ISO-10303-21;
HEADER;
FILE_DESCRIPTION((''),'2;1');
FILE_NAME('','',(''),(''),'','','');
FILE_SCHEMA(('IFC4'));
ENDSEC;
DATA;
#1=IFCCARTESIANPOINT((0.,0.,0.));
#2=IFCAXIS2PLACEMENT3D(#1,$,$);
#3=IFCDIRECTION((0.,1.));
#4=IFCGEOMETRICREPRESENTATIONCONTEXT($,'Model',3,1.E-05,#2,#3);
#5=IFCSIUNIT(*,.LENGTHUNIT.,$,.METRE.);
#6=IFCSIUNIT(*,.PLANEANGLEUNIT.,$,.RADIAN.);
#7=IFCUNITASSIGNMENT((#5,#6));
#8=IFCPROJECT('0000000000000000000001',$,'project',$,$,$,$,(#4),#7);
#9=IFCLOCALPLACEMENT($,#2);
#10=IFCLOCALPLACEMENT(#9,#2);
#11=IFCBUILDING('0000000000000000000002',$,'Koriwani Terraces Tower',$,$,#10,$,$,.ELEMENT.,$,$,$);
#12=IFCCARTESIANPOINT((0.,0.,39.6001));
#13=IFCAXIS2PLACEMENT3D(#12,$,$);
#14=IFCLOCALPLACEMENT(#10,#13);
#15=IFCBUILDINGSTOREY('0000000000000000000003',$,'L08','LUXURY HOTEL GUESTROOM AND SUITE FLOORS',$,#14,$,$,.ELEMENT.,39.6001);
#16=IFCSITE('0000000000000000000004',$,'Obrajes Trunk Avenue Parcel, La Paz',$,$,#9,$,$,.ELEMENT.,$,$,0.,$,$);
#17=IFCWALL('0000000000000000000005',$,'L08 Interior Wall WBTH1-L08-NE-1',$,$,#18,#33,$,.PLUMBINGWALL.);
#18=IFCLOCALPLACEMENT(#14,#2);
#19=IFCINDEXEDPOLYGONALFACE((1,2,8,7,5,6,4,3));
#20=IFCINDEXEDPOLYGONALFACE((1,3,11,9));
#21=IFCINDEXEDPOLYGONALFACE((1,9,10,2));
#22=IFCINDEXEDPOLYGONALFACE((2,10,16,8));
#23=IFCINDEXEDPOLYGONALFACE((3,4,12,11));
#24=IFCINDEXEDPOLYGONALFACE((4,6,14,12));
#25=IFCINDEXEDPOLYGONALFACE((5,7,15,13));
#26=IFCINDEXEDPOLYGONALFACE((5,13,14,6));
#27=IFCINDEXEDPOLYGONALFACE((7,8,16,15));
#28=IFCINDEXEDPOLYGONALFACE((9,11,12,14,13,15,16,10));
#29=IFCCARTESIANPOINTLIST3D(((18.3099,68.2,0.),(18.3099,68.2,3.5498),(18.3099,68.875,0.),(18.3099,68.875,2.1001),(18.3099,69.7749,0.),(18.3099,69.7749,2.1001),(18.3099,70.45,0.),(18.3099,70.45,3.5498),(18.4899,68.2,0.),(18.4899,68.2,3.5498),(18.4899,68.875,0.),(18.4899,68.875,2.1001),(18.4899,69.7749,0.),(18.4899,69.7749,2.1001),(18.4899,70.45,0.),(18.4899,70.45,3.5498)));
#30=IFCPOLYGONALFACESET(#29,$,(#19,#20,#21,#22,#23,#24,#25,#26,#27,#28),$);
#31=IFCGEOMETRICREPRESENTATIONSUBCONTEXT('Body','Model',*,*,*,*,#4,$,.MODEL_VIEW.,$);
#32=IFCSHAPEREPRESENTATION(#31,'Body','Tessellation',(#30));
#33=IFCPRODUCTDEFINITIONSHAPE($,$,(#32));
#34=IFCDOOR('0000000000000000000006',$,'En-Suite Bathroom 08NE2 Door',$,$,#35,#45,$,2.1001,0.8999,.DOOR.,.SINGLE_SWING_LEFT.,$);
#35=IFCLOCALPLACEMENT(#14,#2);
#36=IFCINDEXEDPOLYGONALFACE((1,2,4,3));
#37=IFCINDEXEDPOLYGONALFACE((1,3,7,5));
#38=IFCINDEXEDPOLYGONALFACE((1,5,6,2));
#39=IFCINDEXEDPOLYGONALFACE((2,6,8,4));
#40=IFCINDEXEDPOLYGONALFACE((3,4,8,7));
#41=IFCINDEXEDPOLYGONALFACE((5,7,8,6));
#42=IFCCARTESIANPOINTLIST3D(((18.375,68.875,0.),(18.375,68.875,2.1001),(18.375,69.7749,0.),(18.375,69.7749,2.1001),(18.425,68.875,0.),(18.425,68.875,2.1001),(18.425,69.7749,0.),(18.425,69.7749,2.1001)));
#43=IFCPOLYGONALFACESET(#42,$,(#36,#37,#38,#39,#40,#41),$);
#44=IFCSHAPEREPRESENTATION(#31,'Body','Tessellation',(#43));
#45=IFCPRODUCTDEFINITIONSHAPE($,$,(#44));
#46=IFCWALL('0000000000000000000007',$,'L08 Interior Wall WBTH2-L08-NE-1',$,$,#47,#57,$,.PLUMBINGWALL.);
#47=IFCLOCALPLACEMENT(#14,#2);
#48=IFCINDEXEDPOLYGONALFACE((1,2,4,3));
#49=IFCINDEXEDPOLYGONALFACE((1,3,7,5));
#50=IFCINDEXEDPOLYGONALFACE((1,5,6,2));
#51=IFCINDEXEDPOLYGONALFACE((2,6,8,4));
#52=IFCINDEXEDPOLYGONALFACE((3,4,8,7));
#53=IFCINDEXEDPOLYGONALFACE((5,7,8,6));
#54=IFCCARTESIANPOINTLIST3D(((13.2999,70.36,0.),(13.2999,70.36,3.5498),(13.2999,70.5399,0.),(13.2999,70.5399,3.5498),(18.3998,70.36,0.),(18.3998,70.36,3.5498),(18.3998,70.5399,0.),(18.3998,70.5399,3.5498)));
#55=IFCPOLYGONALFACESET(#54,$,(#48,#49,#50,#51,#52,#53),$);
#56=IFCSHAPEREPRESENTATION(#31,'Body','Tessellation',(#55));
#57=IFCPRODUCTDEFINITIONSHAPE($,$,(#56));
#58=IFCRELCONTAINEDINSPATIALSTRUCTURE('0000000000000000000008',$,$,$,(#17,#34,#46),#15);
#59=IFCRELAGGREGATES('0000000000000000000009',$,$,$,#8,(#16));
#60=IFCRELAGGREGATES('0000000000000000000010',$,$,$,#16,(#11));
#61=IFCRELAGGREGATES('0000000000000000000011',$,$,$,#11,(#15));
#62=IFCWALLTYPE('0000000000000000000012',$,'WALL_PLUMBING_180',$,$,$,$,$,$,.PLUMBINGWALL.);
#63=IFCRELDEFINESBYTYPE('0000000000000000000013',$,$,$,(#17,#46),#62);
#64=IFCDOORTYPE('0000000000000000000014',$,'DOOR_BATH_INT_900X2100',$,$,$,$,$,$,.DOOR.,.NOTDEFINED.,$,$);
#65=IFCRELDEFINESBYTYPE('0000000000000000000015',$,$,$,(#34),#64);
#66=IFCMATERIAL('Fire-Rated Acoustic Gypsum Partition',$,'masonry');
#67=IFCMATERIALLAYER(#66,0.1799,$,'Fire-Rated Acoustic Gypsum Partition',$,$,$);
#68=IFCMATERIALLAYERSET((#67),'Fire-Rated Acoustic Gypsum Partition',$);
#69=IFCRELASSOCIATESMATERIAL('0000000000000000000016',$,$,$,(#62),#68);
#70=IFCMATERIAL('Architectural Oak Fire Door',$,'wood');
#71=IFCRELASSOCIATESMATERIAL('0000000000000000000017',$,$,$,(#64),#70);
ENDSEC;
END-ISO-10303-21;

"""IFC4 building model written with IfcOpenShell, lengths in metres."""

from ifc_helpers import new_model, si_unit, direction, frame, frame_2d, origin, place, context, subcontext, project, spatial, rectangle, extrude, material, layer, layer_set, type_object, element, fill, save


model = new_model("IFC4")

# Units and contexts
model_context = context("Model", 3, precision=1e-05, world=origin(), true_north=direction((0.0, 1.0)))
body_context = subcontext(model_context, "Body", "Model", "MODEL_VIEW")
ifc_project = project(units=[si_unit("LENGTHUNIT", "METRE"), si_unit("PLANEANGLEUNIT", "RADIAN")], contexts=[model_context])

# Site, building, storey
site_placement = place(None, origin())
site = spatial("IfcSite", under=ifc_project, at=site_placement, Name="Obrajes Trunk Avenue Parcel, La Paz", CompositionType="ELEMENT", RefElevation=0.0)
building_placement = place(site_placement, origin())
building = spatial("IfcBuilding", under=site, at=building_placement, Name="Koriwani Terraces Tower", CompositionType="ELEMENT")
storey_placement = place(building_placement, frame((0.0, 0.0, 39.6001)))
storey = spatial("IfcBuildingStorey", under=building, at=storey_placement, Name="L08", Description="LUXURY HOTEL GUESTROOM AND SUITE FLOORS", CompositionType="ELEMENT", Elevation=39.6001)

# Shared definitions
ifc_material_1 = material(Name="Architectural Oak Fire Door", Category="wood")

# Shared definitions
ifc_material_2 = material(Name="Fire-Rated Acoustic Gypsum Partition", Category="masonry")
ifc_layer_1 = layer(ifc_material_2, 0.1799, Name="Fire-Rated Acoustic Gypsum Partition")
ifc_layer_set_1 = layer_set([ifc_layer_1], Name="Fire-Rated Acoustic Gypsum Partition")
wall_type_1 = type_object("IfcWallType", Name="WALL_PLUMBING_180", PredefinedType="PLUMBINGWALL", material=ifc_layer_set_1)
door_type_1 = type_object("IfcDoorType", Name="DOOR_BATH_INT_900X2100", OperationType="NOTDEFINED", PredefinedType="DOOR", material=ifc_material_1)

# Wall, opening, door
wall_1_placement = place(storey_placement, frame((18.3999, 68.2, 0.0), z_axis=(0.0, 0.0, 1.0), x_axis=(0.0, 1.0, 0.0)))
wall_1 = element("IfcWall", 1, at=wall_1_placement, inside=storey, type_object=wall_type_1, Name="L08 Interior Wall WBTH1-L08-NE-1", PredefinedType="PLUMBINGWALL", context=body_context, shape_type="SweptSolid", body=[
    extrude(rectangle(XDim=2.25, YDim=0.1799, at=frame_2d((1.125, 0.0))), origin(), (0.0, 0.0, 1.0), 3.5498),
])
opening_1_placement = place(wall_1_placement, frame((0.675, 0.0, 0.0)))
opening_1 = element("IfcOpeningElement", 2, at=opening_1_placement, cuts=wall_1, PredefinedType="OPENING", context=body_context, shape_type="SweptSolid", body=[
    extrude(rectangle(XDim=0.8999, YDim=2.1001, at=frame_2d((0.45, 1.05))), frame((0.0, 0.1001, 0.0), z_axis=(0.0, -1.0, 0.0), x_axis=(1.0, 0.0, 0.0)), (0.0, 0.0, 1.0), 0.2),
])
door_1_placement = place(opening_1_placement, origin())
door_1 = element("IfcDoor", 3, at=door_1_placement, inside=storey, type_object=door_type_1, Name="En-Suite Bathroom 08NE2 Door", OperationType="SINGLE_SWING_LEFT", OverallHeight=2.1001, OverallWidth=0.8999, PredefinedType="DOOR", context=body_context, shape_type="SweptSolid", body=[
    extrude(rectangle(XDim=0.8999, YDim=2.1001, at=frame_2d((0.45, 1.05))), frame((0.0, 0.0249, 0.0), z_axis=(0.0, -1.0, 0.0), x_axis=(1.0, 0.0, 0.0)), (0.0, 0.0, 1.0), 0.05),
])
fill(opening_1, door_1)

# Wall
wall_2_placement = place(storey_placement, frame((13.3, 70.45, 0.0), z_axis=(0.0, 0.0, 1.0), x_axis=(1.0, 0.0, 0.0)))
element("IfcWall", 4, at=wall_2_placement, inside=storey, type_object=wall_type_1, Name="L08 Interior Wall WBTH2-L08-NE-1", PredefinedType="PLUMBINGWALL", context=body_context, shape_type="SweptSolid", body=[
    extrude(rectangle(XDim=5.0999, YDim=0.1799, at=frame_2d((2.5498, 0.0))), origin(), (0.0, 0.0, 1.0), 3.5498),
])

save(model, "model.ifc")
